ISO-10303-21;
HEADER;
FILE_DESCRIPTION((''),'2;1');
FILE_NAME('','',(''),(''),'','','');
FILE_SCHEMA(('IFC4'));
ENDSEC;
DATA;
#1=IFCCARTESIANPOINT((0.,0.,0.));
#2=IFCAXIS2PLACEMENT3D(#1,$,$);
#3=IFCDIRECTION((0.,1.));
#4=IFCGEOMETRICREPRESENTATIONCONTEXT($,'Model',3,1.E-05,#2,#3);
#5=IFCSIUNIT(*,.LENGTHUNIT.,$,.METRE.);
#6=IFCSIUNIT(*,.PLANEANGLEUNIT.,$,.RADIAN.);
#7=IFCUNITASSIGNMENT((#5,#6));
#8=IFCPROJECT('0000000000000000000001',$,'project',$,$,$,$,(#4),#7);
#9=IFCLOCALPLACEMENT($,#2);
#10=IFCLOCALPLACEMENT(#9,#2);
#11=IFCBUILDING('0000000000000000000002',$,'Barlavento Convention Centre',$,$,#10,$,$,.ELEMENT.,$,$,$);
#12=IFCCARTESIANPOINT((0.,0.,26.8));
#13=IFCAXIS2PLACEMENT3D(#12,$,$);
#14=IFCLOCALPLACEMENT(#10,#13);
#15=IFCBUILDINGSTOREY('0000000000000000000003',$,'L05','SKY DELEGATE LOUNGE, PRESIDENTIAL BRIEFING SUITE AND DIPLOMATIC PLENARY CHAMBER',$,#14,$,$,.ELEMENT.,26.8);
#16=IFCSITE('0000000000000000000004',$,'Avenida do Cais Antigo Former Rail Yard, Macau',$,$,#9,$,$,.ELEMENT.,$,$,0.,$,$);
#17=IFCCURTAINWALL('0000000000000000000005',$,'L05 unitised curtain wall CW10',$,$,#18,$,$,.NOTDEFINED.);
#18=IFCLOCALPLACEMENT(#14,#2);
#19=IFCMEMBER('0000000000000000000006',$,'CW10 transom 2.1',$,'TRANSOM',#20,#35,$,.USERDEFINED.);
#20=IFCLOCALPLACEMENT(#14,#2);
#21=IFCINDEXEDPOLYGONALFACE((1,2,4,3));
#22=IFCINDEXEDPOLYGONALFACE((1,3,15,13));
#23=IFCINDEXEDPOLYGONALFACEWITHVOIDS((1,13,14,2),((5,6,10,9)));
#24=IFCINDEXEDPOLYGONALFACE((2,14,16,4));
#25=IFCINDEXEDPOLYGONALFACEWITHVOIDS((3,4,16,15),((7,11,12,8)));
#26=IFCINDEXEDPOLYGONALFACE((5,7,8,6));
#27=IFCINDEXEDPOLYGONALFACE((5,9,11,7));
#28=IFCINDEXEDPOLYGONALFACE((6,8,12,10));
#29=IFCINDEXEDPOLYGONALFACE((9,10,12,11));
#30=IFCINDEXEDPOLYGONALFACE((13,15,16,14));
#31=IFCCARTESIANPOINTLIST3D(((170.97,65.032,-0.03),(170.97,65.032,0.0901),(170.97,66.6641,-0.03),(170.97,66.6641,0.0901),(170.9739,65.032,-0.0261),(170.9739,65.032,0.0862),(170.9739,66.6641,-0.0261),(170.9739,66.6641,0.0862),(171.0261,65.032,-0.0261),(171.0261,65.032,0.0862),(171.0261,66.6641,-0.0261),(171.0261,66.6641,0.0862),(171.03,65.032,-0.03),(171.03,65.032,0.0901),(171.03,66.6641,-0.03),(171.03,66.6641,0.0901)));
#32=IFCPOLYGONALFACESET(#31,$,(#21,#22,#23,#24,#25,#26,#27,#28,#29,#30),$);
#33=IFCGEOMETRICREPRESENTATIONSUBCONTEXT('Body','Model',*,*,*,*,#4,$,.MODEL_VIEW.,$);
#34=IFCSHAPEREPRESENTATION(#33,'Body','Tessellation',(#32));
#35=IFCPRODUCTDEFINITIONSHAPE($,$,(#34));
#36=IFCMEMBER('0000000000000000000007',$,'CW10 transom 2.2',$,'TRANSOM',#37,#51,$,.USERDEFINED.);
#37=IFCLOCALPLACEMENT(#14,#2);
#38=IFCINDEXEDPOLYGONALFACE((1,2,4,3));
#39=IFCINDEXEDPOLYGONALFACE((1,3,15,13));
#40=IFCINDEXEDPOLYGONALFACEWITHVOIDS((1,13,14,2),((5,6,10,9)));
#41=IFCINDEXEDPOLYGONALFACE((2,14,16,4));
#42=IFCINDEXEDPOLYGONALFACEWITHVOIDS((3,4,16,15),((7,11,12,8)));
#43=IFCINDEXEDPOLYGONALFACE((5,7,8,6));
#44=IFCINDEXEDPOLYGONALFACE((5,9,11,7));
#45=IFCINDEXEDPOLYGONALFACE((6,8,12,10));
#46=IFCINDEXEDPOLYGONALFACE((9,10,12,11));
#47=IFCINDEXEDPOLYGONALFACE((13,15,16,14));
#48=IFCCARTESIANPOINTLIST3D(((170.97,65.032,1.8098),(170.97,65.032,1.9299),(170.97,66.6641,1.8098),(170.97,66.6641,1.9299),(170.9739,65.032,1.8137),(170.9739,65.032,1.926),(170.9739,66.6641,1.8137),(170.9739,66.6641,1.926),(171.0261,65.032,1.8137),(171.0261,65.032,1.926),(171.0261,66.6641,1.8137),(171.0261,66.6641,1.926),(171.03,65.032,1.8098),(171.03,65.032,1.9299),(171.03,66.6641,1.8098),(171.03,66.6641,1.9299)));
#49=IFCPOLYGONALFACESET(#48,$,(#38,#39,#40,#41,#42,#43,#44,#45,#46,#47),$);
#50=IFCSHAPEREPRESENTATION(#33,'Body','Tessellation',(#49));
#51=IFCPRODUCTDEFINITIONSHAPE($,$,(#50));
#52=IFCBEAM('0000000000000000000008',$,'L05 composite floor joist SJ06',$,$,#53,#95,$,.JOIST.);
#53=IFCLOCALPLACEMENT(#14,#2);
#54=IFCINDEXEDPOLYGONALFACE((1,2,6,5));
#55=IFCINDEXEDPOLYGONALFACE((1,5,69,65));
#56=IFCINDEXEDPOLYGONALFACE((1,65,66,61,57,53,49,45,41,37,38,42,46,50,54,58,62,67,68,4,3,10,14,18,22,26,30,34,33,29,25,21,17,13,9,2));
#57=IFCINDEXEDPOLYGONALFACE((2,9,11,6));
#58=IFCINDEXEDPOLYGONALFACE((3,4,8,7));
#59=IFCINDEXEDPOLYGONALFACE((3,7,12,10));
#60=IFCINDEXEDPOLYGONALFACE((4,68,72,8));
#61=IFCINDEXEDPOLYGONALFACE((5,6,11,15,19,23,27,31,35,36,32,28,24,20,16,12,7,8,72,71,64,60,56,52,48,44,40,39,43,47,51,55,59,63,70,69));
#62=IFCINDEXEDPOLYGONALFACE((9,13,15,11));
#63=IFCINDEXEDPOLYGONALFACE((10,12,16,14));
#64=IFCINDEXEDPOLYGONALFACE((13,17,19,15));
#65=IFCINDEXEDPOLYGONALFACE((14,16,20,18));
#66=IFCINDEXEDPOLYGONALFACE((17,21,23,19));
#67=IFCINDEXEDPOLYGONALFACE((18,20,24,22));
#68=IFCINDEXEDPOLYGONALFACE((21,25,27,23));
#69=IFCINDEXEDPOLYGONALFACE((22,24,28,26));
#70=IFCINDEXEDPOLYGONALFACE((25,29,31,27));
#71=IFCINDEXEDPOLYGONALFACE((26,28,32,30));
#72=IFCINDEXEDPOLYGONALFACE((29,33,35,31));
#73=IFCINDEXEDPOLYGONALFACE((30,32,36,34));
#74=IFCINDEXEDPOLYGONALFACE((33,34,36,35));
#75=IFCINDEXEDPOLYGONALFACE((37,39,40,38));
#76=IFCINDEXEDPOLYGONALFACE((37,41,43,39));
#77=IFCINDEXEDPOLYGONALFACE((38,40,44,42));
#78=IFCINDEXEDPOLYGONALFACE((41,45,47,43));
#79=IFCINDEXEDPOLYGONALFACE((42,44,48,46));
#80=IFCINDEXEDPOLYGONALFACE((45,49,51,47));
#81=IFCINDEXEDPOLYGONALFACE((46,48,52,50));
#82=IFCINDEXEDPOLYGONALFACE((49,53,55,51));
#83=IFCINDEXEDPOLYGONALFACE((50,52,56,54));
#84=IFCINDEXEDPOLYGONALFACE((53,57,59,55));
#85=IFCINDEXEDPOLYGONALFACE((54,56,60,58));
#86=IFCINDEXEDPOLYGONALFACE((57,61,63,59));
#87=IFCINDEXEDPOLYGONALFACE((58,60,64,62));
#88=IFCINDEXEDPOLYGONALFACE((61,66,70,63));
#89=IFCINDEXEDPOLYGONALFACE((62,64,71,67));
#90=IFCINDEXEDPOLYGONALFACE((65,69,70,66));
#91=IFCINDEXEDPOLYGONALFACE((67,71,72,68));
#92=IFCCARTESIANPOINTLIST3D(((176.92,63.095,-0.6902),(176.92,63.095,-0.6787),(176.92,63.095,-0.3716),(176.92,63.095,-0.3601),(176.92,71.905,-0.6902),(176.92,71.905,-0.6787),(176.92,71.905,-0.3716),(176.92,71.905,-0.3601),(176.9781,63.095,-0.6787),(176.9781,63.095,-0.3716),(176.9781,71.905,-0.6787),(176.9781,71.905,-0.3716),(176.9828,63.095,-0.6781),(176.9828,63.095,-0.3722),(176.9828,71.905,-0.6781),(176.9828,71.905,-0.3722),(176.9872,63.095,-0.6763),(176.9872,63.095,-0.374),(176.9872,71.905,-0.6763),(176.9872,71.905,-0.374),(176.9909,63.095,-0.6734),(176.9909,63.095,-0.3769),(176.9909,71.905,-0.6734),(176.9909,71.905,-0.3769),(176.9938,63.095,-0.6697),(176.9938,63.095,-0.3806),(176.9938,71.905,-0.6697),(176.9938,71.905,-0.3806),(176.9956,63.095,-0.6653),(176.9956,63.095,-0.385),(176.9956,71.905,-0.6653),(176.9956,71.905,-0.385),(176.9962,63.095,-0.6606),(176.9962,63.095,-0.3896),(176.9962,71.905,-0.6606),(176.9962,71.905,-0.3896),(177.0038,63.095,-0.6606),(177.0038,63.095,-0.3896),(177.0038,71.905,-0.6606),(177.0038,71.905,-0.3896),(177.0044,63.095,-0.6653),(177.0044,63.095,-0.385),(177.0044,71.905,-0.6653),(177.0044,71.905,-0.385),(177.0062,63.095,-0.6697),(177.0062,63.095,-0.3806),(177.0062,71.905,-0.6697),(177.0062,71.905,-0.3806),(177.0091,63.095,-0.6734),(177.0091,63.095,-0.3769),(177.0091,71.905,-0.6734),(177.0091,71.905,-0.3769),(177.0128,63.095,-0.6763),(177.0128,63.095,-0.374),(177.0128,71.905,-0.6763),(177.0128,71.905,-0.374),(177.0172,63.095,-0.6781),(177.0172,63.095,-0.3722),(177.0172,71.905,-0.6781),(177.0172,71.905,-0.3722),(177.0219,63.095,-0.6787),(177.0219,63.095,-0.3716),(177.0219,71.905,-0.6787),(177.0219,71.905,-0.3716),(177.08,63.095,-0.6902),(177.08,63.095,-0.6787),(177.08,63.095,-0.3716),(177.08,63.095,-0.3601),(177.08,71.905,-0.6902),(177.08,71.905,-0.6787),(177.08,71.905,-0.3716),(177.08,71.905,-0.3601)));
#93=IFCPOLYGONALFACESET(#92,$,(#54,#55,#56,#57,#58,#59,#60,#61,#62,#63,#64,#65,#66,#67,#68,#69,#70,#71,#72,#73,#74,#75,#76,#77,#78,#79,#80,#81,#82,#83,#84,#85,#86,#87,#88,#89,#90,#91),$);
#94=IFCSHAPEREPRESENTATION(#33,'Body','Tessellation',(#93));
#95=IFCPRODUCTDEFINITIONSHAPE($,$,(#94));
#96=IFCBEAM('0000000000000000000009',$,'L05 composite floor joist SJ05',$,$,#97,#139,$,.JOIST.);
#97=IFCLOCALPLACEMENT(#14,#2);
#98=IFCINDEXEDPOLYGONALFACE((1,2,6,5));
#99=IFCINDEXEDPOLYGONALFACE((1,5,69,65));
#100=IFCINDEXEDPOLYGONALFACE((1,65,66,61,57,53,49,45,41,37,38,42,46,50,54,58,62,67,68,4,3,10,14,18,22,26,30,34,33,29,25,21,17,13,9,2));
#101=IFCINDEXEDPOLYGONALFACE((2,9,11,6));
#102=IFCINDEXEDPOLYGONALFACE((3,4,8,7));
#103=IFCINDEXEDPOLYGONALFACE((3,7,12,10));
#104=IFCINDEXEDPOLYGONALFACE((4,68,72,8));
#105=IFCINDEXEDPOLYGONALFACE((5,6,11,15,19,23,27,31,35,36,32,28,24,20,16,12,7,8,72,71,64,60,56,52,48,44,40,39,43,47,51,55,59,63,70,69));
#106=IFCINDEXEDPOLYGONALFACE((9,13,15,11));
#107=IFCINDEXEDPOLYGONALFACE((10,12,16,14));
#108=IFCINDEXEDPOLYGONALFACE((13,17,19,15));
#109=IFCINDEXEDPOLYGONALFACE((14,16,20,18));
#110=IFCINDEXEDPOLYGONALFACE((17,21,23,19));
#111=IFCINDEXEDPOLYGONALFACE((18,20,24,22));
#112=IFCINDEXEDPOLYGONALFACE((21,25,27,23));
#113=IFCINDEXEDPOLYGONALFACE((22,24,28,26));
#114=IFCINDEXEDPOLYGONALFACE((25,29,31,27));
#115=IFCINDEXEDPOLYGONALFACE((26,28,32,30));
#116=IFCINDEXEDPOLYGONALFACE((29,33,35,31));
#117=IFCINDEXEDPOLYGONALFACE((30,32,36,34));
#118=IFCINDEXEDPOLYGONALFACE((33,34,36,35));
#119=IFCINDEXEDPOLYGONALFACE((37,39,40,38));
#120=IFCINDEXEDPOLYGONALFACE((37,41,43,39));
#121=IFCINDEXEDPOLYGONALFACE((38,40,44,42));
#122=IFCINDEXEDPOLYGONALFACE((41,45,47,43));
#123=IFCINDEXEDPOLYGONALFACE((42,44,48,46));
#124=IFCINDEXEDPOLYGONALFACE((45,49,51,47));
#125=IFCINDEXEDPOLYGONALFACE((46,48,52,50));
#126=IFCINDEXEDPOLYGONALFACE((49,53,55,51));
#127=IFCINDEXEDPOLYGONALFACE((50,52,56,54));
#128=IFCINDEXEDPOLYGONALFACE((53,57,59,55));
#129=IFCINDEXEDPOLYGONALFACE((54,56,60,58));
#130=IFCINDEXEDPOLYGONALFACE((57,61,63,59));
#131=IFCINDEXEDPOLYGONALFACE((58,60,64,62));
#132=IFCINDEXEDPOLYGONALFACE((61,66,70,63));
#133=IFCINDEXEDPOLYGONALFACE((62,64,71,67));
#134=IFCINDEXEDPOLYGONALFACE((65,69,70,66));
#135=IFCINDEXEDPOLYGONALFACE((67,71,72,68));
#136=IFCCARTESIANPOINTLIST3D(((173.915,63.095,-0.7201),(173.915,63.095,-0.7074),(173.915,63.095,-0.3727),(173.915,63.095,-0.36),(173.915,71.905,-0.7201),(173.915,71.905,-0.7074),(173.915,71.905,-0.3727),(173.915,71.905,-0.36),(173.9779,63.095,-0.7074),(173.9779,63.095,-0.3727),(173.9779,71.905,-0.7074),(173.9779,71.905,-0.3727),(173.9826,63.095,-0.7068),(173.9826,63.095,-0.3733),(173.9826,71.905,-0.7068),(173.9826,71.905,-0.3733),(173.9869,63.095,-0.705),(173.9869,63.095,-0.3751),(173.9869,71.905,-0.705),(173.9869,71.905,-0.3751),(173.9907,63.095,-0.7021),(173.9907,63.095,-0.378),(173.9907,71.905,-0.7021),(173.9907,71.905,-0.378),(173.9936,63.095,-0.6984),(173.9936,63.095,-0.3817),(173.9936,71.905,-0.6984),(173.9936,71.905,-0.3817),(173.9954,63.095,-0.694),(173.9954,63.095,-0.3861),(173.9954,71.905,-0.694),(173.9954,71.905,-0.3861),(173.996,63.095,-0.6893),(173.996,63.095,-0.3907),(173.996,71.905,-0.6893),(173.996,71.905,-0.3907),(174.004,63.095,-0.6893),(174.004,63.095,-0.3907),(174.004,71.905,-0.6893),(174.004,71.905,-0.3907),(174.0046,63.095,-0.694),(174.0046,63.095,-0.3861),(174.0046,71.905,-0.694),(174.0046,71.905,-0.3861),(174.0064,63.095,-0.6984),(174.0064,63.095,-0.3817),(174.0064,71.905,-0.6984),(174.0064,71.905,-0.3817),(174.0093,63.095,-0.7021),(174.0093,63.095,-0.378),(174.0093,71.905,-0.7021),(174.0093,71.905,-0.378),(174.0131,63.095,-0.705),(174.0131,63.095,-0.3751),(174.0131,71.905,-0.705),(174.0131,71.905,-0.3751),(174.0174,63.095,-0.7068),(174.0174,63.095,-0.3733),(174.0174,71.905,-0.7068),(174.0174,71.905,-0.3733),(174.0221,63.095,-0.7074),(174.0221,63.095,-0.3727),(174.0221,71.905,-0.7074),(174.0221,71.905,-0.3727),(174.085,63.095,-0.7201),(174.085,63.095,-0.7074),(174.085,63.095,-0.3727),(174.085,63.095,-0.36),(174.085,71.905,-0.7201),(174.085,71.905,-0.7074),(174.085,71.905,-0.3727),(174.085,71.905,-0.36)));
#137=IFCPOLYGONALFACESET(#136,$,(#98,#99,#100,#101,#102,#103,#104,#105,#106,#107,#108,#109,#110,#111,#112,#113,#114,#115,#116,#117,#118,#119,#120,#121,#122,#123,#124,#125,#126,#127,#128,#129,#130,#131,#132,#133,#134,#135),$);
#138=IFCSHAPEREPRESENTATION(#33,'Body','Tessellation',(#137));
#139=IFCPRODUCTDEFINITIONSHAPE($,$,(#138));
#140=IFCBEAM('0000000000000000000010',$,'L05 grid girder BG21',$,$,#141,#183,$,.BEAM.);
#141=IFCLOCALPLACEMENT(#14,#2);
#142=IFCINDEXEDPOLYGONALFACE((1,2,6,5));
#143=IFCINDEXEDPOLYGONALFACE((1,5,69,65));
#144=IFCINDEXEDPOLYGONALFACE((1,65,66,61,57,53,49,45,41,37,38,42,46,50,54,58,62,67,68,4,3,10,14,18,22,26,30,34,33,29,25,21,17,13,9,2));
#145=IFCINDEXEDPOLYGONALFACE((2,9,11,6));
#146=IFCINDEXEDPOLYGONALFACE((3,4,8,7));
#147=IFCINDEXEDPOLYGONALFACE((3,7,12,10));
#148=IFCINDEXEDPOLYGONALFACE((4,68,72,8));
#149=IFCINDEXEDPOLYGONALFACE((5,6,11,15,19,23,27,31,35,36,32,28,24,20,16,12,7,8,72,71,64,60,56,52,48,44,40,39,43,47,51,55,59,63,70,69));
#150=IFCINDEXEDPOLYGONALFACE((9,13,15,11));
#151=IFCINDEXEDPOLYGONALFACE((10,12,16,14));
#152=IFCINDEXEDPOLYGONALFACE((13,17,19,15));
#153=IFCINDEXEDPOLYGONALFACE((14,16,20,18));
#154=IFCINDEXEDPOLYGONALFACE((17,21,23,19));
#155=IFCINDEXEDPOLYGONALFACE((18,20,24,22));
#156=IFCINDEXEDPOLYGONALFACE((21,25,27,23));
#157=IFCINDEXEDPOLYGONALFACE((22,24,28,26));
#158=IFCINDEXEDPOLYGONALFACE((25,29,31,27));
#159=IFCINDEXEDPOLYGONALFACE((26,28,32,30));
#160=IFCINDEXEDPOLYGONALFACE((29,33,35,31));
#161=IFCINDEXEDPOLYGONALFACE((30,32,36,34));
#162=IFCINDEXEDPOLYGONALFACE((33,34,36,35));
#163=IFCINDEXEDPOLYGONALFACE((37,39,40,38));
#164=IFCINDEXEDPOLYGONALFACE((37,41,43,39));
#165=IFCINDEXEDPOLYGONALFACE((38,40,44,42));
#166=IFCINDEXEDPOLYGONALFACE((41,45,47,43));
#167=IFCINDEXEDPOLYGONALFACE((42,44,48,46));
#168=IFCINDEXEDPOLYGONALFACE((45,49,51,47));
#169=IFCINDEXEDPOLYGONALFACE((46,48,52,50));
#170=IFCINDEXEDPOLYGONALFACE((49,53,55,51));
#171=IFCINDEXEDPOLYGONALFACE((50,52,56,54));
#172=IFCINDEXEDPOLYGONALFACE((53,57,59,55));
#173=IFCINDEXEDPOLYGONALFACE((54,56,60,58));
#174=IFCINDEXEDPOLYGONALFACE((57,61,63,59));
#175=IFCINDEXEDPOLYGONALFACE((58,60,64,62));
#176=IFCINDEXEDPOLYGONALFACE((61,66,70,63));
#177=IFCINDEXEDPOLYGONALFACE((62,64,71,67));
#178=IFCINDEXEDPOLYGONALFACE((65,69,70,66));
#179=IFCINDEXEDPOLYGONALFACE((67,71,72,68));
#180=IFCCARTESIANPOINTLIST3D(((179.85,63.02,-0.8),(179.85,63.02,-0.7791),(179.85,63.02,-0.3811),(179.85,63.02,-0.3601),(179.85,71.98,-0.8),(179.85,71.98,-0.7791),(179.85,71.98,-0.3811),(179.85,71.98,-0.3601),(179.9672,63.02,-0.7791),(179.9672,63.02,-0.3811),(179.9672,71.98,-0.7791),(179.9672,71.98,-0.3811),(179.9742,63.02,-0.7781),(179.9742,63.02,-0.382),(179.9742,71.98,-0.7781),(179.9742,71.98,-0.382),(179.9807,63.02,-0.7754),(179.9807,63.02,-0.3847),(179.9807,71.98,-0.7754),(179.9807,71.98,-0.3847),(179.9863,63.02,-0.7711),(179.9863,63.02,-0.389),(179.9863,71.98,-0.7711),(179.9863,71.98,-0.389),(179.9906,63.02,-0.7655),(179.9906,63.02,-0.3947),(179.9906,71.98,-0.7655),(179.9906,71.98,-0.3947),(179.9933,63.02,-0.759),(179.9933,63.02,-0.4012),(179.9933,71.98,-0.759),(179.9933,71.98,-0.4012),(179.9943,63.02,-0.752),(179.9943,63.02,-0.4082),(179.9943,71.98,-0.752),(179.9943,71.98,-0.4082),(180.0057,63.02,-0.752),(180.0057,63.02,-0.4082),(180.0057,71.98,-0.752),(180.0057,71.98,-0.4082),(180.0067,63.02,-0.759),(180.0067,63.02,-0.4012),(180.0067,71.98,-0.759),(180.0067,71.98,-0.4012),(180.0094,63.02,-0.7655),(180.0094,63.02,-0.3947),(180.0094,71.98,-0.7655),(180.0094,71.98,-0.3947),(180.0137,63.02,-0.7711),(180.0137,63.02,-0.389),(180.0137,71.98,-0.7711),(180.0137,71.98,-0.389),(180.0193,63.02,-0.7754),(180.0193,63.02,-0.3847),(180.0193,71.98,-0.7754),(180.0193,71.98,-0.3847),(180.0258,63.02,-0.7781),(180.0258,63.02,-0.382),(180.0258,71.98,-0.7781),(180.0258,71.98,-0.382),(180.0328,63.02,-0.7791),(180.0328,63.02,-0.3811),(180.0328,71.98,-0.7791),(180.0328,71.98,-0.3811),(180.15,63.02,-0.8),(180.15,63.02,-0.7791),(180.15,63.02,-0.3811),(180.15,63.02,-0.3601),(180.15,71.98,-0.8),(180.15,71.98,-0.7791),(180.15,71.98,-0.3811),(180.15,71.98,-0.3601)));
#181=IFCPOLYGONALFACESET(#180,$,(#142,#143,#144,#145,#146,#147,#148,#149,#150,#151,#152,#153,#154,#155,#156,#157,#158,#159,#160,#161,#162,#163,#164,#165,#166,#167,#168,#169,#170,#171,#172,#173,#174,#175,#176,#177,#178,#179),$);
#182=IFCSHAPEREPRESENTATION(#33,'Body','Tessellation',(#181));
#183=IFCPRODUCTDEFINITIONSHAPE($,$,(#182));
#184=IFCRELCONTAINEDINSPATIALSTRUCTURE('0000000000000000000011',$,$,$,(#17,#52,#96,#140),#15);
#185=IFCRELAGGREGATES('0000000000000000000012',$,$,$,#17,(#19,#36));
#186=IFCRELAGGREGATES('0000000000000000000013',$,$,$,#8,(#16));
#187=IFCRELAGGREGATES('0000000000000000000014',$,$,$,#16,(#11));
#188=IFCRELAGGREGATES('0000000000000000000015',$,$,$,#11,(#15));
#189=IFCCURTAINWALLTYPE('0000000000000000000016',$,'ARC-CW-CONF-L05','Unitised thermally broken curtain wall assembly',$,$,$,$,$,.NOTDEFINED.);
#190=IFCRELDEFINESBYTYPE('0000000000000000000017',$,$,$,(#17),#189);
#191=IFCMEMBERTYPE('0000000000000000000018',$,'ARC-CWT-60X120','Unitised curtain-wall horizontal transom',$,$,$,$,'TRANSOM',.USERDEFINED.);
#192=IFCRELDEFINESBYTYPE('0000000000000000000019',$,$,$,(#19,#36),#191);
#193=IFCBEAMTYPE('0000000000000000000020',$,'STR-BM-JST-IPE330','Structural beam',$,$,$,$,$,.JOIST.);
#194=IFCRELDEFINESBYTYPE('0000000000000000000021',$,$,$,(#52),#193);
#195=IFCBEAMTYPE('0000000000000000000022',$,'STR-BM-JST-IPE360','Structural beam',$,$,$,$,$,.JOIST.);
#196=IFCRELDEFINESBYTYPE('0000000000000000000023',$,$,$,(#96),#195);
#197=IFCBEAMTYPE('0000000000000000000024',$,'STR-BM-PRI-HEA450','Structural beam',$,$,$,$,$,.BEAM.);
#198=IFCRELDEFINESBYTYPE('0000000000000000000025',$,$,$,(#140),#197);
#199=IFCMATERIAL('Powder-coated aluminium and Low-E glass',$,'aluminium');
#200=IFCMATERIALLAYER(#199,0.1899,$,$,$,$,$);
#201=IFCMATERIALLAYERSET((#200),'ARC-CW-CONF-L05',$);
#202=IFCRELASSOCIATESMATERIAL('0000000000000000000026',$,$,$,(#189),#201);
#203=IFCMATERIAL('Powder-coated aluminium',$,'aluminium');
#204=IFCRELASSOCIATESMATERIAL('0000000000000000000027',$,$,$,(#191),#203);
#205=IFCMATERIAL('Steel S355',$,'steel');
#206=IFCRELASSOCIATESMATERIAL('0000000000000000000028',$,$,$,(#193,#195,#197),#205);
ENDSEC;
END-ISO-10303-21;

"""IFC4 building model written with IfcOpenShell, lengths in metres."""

from ifc_helpers import new_model, si_unit, direction, frame, origin, origin_2d, place, context, subcontext, project, spatial, hollow_rectangle, i_section, extrude, material, layer, layer_set, material_profile, profile_set, type_object, element, aggregate, save


model = new_model("IFC4")

# Units and contexts
model_context = context("Model", 3, precision=1e-05, world=origin(), true_north=direction((0.0, 1.0)))
body_context = subcontext(model_context, "Body", "Model", "MODEL_VIEW")
ifc_project = project(units=[si_unit("LENGTHUNIT", "METRE"), si_unit("PLANEANGLEUNIT", "RADIAN")], contexts=[model_context])

# Site, building, storey
site_placement = place(None, origin())
site = spatial("IfcSite", under=ifc_project, at=site_placement, Name="Avenida do Cais Antigo Former Rail Yard, Macau", CompositionType="ELEMENT", RefElevation=0.0)
building_placement = place(site_placement, origin())
building = spatial("IfcBuilding", under=site, at=building_placement, Name="Barlavento Convention Centre", CompositionType="ELEMENT")
storey_placement = place(building_placement, frame((0.0, 0.0, 26.8)))
storey = spatial("IfcBuildingStorey", under=building, at=storey_placement, Name="L05", Description="SKY DELEGATE LOUNGE, PRESIDENTIAL BRIEFING SUITE AND DIPLOMATIC PLENARY CHAMBER", CompositionType="ELEMENT", Elevation=26.8)

# Shared definitions
ifc_material_1 = material(Name="Steel S355", Category="steel")

# Shared definitions
ifc_material_2 = material(Name="Powder-coated aluminium and Low-E glass", Category="aluminium")
ifc_layer_1 = layer(ifc_material_2, 0.1899)
ifc_layer_set_1 = layer_set([ifc_layer_1], Name="ARC-CW-CONF-L05")
curtain_wall_type = type_object("IfcCurtainWallType", Name="ARC-CW-CONF-L05", Description="Unitised thermally broken curtain wall assembly", PredefinedType="NOTDEFINED", material=ifc_layer_set_1)
ifc_material_3 = material(Name="Powder-coated aluminium", Category="aluminium")

# Curtain wall, members
curtain_wall_1_placement = place(storey_placement, origin())
curtain_wall_1 = element("IfcCurtainWall", 1, at=curtain_wall_1_placement, inside=storey, type_object=curtain_wall_type, Name="L05 unitised curtain wall CW10", PredefinedType="NOTDEFINED")
ifc_material_profile_1 = material_profile(ifc_material_3, hollow_rectangle(XDim=0.0601, YDim=0.1201, WallThickness=0.0039, at=origin_2d()), Name="AL-TRAN 60x120x4")
ifc_profile_set_1 = profile_set([ifc_material_profile_1], Name="Powder-coated aluminium")
member_type_1 = type_object("IfcMemberType", Name="ARC-CWT-60X120", Description="Unitised curtain-wall horizontal transom", ElementType="TRANSOM", PredefinedType="USERDEFINED", material=ifc_profile_set_1)
member_1_placement = place(storey_placement, frame((171.0, 65.032, 0.03), z_axis=(0.0, 1.0, 0.0), x_axis=(-1.0, 0.0, 0.0)))
member_1 = element("IfcMember", 2, at=member_1_placement, type_object=member_type_1, Name="CW10 transom 2.1", ObjectType="TRANSOM", PredefinedType="USERDEFINED", context=body_context, shape_type="SweptSolid", body=[
    extrude(hollow_rectangle(XDim=0.0601, YDim=0.1201, WallThickness=0.0039, at=origin_2d()), origin(), (0.0, 0.0, 1.0), 1.6321),
])
member_2_placement = place(storey_placement, frame((171.0, 65.032, 1.8699), z_axis=(0.0, 1.0, 0.0), x_axis=(-1.0, 0.0, 0.0)))
member_2 = element("IfcMember", 3, at=member_2_placement, type_object=member_type_1, Name="CW10 transom 2.2", ObjectType="TRANSOM", PredefinedType="USERDEFINED", context=body_context, shape_type="SweptSolid", body=[
    extrude(hollow_rectangle(XDim=0.0601, YDim=0.1201, WallThickness=0.0039, at=origin_2d()), origin(), (0.0, 0.0, 1.0), 1.6321),
])

# Beams
ifc_material_profile_2 = material_profile(ifc_material_1, i_section(OverallWidth=0.1599, OverallDepth=0.3301, WebThickness=0.0076, FlangeThickness=0.0115, FilletRadius=0.0181, at=origin_2d()), Name="IPE 330")
ifc_profile_set_2 = profile_set([ifc_material_profile_2], Name="Steel S355")
beam_type_1 = type_object("IfcBeamType", Name="STR-BM-JST-IPE330", Description="Structural beam", PredefinedType="JOIST", material=ifc_profile_set_2)
beam_1_placement = place(storey_placement, frame((177.0, 63.095, -0.5251), z_axis=(0.0, 1.0, 0.0), x_axis=(-1.0, 0.0, 0.0)))
element("IfcBeam", 4, at=beam_1_placement, inside=storey, type_object=beam_type_1, Name="L05 composite floor joist SJ06", PredefinedType="JOIST", context=body_context, shape_type="SweptSolid", body=[
    extrude(i_section(OverallWidth=0.1599, OverallDepth=0.3301, WebThickness=0.0076, FlangeThickness=0.0115, FilletRadius=0.0181, at=origin_2d()), origin(), (0.0, 0.0, 1.0), 8.8101),
])
ifc_material_profile_3 = material_profile(ifc_material_1, i_section(OverallWidth=0.1699, OverallDepth=0.3601, WebThickness=0.0081, FlangeThickness=0.0127, FilletRadius=0.0181, at=origin_2d()), Name="IPE 360")
ifc_profile_set_3 = profile_set([ifc_material_profile_3], Name="Steel S355")
beam_type_2 = type_object("IfcBeamType", Name="STR-BM-JST-IPE360", Description="Structural beam", PredefinedType="JOIST", material=ifc_profile_set_3)
beam_2_placement = place(storey_placement, frame((174.0, 63.095, -0.54), z_axis=(0.0, 1.0, 0.0), x_axis=(-1.0, 0.0, 0.0)))
element("IfcBeam", 5, at=beam_2_placement, inside=storey, type_object=beam_type_2, Name="L05 composite floor joist SJ05", PredefinedType="JOIST", context=body_context, shape_type="SweptSolid", body=[
    extrude(i_section(OverallWidth=0.1699, OverallDepth=0.3601, WebThickness=0.0081, FlangeThickness=0.0127, FilletRadius=0.0181, at=origin_2d()), origin(), (0.0, 0.0, 1.0), 8.8101),
])
ifc_material_profile_4 = material_profile(ifc_material_1, i_section(OverallWidth=0.3, OverallDepth=0.4399, WebThickness=0.0115, FlangeThickness=0.021, FilletRadius=0.0271, at=origin_2d()), Name="HEA 450")
ifc_profile_set_4 = profile_set([ifc_material_profile_4], Name="Steel S355")
beam_type_3 = type_object("IfcBeamType", Name="STR-BM-PRI-HEA450", Description="Structural beam", PredefinedType="BEAM", material=ifc_profile_set_4)
beam_3_placement = place(storey_placement, frame((180.0, 63.02, -0.5801), z_axis=(0.0, 1.0, 0.0), x_axis=(-1.0, 0.0, 0.0)))
element("IfcBeam", 6, at=beam_3_placement, inside=storey, type_object=beam_type_3, Name="L05 grid girder BG21", PredefinedType="BEAM", context=body_context, shape_type="SweptSolid", body=[
    extrude(i_section(OverallWidth=0.3, OverallDepth=0.4399, WebThickness=0.0115, FlangeThickness=0.021, FilletRadius=0.0271, at=origin_2d()), origin(), (0.0, 0.0, 1.0), 8.96),
])

aggregate(curtain_wall_1, [member_1, member_2])

save(model, "model.ifc")
